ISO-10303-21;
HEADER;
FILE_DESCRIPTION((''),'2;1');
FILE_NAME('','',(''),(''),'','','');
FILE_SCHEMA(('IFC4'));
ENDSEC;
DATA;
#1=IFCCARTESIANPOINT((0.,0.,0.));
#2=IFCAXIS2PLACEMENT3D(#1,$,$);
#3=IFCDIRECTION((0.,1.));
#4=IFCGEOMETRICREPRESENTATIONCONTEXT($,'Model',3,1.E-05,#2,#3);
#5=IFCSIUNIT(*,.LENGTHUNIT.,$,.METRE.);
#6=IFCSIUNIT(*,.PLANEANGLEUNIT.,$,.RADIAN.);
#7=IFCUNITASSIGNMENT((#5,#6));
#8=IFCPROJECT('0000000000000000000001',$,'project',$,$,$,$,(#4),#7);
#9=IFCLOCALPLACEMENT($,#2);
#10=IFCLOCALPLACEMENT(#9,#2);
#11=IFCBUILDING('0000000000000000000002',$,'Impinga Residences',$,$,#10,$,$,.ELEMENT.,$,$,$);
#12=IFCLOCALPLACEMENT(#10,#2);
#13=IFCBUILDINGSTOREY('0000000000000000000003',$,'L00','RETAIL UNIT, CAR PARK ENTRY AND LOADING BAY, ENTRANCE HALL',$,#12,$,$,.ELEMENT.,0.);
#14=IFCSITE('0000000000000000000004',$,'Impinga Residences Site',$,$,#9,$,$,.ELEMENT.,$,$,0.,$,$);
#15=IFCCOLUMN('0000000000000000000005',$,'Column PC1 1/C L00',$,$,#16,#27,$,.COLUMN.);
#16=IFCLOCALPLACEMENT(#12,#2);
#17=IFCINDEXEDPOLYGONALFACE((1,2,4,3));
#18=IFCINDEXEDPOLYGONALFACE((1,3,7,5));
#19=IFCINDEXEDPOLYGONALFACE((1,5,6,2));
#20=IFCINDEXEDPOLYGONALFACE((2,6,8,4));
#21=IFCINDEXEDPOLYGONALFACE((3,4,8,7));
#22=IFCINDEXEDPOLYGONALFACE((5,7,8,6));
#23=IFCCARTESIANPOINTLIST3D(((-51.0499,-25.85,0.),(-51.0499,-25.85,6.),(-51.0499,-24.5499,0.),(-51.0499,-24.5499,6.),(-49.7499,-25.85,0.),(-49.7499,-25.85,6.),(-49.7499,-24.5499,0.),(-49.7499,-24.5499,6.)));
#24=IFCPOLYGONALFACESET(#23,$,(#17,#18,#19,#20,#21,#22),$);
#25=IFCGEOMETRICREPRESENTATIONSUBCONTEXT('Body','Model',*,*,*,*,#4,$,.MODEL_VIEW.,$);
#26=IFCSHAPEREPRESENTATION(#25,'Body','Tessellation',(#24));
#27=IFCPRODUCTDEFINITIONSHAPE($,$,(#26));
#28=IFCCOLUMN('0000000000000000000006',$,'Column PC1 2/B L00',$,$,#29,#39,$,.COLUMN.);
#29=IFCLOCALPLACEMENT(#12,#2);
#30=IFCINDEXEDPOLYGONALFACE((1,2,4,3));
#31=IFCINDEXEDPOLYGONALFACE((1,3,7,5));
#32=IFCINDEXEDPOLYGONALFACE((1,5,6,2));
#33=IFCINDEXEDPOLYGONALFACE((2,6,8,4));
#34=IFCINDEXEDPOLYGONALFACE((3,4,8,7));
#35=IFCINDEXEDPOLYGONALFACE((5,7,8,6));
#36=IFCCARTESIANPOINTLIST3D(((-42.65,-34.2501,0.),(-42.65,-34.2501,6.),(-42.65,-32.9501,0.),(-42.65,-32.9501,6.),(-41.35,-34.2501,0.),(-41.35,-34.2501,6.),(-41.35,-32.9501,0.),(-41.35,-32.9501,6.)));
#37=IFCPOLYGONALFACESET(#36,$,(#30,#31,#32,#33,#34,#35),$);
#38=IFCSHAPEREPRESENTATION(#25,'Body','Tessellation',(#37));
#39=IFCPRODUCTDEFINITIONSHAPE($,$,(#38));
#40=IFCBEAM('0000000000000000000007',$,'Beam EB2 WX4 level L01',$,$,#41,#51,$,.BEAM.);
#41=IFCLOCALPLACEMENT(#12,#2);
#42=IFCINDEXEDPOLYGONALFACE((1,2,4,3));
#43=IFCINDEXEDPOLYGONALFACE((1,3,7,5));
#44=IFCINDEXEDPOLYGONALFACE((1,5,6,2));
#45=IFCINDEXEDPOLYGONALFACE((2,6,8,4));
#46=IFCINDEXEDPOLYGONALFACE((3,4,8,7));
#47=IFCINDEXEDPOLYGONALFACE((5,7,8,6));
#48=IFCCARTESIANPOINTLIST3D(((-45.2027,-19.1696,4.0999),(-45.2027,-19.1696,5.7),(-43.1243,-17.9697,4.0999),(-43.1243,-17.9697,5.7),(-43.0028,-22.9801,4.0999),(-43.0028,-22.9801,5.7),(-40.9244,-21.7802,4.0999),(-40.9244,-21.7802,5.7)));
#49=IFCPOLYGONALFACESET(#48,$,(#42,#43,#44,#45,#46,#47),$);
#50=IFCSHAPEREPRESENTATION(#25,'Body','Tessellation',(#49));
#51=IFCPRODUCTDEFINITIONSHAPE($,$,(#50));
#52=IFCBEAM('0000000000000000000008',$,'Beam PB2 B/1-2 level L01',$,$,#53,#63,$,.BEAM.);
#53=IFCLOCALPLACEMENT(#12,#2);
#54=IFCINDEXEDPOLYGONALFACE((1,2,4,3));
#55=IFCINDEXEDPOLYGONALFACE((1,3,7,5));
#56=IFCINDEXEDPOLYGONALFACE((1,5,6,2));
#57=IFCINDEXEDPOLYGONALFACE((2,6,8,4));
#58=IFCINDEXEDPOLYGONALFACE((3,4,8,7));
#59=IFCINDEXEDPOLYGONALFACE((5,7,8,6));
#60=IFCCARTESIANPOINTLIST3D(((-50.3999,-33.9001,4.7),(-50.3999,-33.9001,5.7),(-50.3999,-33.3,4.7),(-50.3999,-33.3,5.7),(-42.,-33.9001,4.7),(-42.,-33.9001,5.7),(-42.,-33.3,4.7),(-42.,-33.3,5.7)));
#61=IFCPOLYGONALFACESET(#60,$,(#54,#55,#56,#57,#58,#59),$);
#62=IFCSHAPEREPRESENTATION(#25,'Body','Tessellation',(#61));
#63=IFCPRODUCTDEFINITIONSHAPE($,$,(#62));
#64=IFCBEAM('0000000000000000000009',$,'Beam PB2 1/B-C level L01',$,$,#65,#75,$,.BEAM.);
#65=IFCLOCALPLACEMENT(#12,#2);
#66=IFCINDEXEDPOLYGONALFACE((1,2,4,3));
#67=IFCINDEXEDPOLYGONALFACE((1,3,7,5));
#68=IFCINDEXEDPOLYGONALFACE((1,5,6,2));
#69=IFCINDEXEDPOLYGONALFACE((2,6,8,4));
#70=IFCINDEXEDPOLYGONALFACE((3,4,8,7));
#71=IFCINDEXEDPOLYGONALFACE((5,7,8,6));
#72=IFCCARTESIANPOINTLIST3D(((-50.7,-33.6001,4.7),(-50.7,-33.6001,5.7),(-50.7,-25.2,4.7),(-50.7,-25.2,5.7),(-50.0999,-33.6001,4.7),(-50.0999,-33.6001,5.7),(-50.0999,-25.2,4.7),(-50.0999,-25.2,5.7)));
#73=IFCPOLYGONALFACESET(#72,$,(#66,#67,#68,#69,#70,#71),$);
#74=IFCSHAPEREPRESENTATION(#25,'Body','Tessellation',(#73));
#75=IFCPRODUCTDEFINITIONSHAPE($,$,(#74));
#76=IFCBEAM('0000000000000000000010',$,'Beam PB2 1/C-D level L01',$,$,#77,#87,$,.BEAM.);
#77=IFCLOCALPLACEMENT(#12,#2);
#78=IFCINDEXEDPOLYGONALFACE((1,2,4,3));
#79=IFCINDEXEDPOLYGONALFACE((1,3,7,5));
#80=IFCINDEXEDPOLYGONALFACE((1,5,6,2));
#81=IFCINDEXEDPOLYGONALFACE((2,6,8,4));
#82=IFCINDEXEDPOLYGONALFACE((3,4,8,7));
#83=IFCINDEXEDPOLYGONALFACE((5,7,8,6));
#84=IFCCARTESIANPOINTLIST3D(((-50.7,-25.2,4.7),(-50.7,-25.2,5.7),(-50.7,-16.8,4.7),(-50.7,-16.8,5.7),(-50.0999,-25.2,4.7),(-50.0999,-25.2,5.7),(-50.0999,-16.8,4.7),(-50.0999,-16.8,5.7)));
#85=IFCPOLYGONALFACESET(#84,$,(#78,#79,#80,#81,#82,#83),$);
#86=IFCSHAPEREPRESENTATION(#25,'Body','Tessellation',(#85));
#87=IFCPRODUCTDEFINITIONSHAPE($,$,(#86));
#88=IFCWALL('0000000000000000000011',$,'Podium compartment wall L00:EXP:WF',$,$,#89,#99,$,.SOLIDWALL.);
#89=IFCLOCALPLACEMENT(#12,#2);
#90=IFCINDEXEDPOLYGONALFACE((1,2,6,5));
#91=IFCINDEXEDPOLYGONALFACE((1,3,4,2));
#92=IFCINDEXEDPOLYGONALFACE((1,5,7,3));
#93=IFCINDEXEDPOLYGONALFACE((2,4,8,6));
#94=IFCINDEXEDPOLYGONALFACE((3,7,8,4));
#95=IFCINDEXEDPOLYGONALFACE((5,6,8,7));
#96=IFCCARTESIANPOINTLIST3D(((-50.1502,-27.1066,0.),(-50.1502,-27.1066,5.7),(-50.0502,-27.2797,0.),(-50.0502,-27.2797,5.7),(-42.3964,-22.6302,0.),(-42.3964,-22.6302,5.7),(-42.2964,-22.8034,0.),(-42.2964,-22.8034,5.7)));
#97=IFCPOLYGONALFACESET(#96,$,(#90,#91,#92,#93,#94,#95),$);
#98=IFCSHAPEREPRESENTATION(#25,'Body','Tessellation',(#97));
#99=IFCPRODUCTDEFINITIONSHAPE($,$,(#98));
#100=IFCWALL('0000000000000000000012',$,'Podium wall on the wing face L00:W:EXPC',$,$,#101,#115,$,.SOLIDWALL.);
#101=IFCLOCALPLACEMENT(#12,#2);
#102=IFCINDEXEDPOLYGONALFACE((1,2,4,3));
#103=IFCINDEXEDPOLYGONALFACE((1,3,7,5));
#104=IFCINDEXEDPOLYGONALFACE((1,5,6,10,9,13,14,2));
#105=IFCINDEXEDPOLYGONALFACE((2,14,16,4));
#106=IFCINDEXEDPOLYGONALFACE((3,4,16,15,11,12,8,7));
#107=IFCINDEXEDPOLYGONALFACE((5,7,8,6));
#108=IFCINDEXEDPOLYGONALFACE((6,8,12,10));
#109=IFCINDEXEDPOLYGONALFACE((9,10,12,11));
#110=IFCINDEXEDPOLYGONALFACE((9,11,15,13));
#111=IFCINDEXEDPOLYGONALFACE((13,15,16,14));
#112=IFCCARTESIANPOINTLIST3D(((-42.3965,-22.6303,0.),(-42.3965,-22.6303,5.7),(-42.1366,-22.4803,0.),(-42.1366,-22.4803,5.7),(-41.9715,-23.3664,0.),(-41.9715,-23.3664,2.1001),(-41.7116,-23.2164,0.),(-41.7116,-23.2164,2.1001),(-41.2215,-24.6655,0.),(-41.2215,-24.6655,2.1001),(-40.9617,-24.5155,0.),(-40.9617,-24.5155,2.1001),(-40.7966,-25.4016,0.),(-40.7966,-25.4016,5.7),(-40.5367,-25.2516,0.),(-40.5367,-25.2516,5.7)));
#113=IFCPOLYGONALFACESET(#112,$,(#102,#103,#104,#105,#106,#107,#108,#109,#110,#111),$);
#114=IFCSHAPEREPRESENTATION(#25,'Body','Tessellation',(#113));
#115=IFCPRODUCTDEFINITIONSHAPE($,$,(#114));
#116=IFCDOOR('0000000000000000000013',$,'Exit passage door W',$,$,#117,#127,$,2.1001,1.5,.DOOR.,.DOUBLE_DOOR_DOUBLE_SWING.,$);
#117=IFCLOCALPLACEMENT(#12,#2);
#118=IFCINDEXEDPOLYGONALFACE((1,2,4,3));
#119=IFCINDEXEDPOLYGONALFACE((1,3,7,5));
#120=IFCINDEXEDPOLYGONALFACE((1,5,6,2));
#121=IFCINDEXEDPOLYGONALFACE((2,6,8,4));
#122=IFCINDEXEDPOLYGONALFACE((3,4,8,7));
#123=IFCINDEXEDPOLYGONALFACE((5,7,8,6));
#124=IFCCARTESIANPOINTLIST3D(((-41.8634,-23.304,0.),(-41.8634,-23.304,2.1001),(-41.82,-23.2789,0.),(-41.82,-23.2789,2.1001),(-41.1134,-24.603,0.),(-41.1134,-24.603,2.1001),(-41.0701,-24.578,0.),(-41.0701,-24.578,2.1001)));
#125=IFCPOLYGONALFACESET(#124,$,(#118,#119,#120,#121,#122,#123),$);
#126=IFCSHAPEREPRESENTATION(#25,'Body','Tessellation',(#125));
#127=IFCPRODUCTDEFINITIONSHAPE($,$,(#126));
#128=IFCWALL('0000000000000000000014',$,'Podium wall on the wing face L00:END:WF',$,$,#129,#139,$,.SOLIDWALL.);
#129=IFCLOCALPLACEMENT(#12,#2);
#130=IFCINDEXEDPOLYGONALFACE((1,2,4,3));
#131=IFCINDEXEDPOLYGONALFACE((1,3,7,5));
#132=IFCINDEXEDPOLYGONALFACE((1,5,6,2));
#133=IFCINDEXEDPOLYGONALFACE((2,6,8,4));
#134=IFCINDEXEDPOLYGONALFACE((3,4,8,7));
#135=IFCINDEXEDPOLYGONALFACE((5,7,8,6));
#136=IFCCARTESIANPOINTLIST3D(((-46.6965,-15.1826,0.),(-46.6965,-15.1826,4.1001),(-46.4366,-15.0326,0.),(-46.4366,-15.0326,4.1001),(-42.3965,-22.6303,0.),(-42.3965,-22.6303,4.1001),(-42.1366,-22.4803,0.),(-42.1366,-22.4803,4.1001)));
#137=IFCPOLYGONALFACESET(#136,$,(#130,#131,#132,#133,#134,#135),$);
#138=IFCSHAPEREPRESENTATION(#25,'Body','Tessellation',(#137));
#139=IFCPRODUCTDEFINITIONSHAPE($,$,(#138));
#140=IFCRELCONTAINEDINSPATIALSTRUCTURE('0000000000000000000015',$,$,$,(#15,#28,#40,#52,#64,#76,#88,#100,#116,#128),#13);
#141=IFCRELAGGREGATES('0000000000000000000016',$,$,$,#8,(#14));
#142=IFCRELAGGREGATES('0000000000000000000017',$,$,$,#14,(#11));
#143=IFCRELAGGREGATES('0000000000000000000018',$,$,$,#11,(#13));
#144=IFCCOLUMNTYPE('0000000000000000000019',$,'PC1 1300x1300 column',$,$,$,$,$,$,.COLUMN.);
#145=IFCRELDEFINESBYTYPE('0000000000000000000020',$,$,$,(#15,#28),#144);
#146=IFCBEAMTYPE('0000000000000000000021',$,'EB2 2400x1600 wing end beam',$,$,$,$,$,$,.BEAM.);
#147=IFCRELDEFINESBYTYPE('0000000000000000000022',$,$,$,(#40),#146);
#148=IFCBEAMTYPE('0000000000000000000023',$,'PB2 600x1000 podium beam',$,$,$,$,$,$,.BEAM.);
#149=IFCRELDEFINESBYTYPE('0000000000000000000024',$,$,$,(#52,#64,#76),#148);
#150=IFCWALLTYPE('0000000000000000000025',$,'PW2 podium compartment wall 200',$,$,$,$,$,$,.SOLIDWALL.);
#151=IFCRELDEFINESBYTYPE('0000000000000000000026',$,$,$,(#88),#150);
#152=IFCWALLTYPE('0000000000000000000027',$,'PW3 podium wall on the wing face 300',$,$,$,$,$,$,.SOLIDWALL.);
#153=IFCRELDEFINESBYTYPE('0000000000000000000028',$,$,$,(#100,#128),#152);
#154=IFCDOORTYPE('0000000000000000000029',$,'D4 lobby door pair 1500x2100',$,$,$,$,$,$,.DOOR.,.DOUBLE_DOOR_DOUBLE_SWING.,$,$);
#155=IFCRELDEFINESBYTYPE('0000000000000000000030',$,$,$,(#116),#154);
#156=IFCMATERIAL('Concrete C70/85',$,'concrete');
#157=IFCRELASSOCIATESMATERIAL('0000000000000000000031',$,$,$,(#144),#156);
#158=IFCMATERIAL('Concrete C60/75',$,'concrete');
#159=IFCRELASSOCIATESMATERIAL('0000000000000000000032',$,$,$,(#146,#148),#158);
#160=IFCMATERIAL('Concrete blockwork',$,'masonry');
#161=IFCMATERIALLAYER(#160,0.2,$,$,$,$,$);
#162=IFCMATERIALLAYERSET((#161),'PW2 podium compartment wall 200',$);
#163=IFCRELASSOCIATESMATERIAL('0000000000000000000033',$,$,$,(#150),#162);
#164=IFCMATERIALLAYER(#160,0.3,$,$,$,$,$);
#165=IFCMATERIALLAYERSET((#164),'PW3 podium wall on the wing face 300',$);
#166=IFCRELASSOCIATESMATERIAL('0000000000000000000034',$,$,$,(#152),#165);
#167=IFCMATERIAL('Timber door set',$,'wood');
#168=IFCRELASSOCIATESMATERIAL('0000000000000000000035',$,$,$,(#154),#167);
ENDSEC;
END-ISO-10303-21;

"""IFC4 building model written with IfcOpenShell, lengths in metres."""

from ifc_helpers import new_model, si_unit, direction, frame, frame_2d, origin, origin_2d, place, context, subcontext, project, spatial, rectangle, extrude, material, layer, layer_set, material_profile, profile_set, type_object, element, fill, save


model = new_model("IFC4")

# Units and contexts
model_context = context("Model", 3, precision=1e-05, world=origin(), true_north=direction((0.0, 1.0)))
body_context = subcontext(model_context, "Body", "Model", "MODEL_VIEW")
ifc_project = project(units=[si_unit("LENGTHUNIT", "METRE"), si_unit("PLANEANGLEUNIT", "RADIAN")], contexts=[model_context])

# Site, building, storey
site_placement = place(None, origin())
site = spatial("IfcSite", under=ifc_project, at=site_placement, Name="Impinga Residences Site", CompositionType="ELEMENT", RefElevation=0.0)
building_placement = place(site_placement, origin())
building = spatial("IfcBuilding", under=site, at=building_placement, Name="Impinga Residences", CompositionType="ELEMENT")
storey_placement = place(building_placement, origin())
storey = spatial("IfcBuildingStorey", under=building, at=storey_placement, Name="L00", Description="RETAIL UNIT, CAR PARK ENTRY AND LOADING BAY, ENTRANCE HALL", CompositionType="ELEMENT", Elevation=0.0)

# Columns
ifc_material_1 = material(Name="Concrete C70/85", Category="concrete")
ifc_material_profile_1 = material_profile(ifc_material_1, rectangle(XDim=1.3, YDim=1.3, at=origin_2d()), Name="RC 1300x1300")
ifc_profile_set_1 = profile_set([ifc_material_profile_1], Name="Concrete C70/85")
column_type = type_object("IfcColumnType", Name="PC1 1300x1300 column", PredefinedType="COLUMN", material=ifc_profile_set_1)
for number, where, z_axis, x_axis, name in (
    (1, (-50.3999, -25.2, 0.0), (0.0, 0.0, 1.0), (1.0, 0.0, 0.0), "Column PC1 1/C L00"),
    (2, (-42.0, -33.6001, 0.0), (0.0, 0.0, 1.0), (1.0, 0.0, 0.0), "Column PC1 2/B L00"),
):
    element("IfcColumn", number, at=place(storey_placement, frame(where, z_axis=z_axis, x_axis=x_axis)), inside=storey, type_object=column_type, Name=name, PredefinedType="COLUMN", context=body_context, shape_type="SweptSolid", body=[
        extrude(rectangle(XDim=1.3, YDim=1.3, at=origin_2d()), origin(), (0.0, 0.0, 1.0), 6.0),
    ])

# Beams
ifc_material_2 = material(Name="Concrete C60/75", Category="concrete")
ifc_material_profile_2 = material_profile(ifc_material_2, rectangle(XDim=2.3999, YDim=1.6001, at=origin_2d()), Name="RC 2400x1600")
ifc_profile_set_2 = profile_set([ifc_material_profile_2], Name="Concrete C60/75")
beam_type_1 = type_object("IfcBeamType", Name="EB2 2400x1600 wing end beam", PredefinedType="BEAM", material=ifc_profile_set_2)
beam_1_placement = place(storey_placement, frame((-41.9636, -22.3801, 4.8999), z_axis=(-0.499988, 0.866032, 0.0), x_axis=(-0.866032, -0.499988, 0.0)))
element("IfcBeam", 3, at=beam_1_placement, inside=storey, type_object=beam_type_1, Name="Beam EB2 WX4 level L01", PredefinedType="BEAM", context=body_context, shape_type="SweptSolid", body=[
    extrude(rectangle(XDim=2.3999, YDim=1.6001, at=origin_2d()), origin(), (0.0, 0.0, 1.0), 4.3999),
])
ifc_material_profile_3 = material_profile(ifc_material_2, rectangle(XDim=0.6001, YDim=1.0, at=origin_2d()), Name="RC 600x1000")
ifc_profile_set_3 = profile_set([ifc_material_profile_3], Name="Concrete C60/75")
beam_type_2 = type_object("IfcBeamType", Name="PB2 600x1000 podium beam", PredefinedType="BEAM", material=ifc_profile_set_3)
beam_2_placement = place(storey_placement, frame((-50.3999, -33.6001, 5.2), z_axis=(1.0, 0.0, 0.0), x_axis=(0.0, 1.0, 0.0)))
element("IfcBeam", 4, at=beam_2_placement, inside=storey, type_object=beam_type_2, Name="Beam PB2 B/1-2 level L01", PredefinedType="BEAM", context=body_context, shape_type="SweptSolid", body=[
    extrude(rectangle(XDim=0.6001, YDim=1.0, at=origin_2d()), origin(), (0.0, 0.0, 1.0), 8.3999),
])
beam_3_placement = place(storey_placement, frame((-50.3999, -33.6001, 5.2), z_axis=(0.0, 1.0, 0.0), x_axis=(-1.0, 0.0, 0.0)))
element("IfcBeam", 5, at=beam_3_placement, inside=storey, type_object=beam_type_2, Name="Beam PB2 1/B-C level L01", PredefinedType="BEAM", context=body_context, shape_type="SweptSolid", body=[
    extrude(rectangle(XDim=0.6001, YDim=1.0, at=origin_2d()), origin(), (0.0, 0.0, 1.0), 8.4001),
])
beam_4_placement = place(storey_placement, frame((-50.3999, -25.2, 5.2), z_axis=(0.0, 1.0, 0.0), x_axis=(-1.0, 0.0, 0.0)))
element("IfcBeam", 6, at=beam_4_placement, inside=storey, type_object=beam_type_2, Name="Beam PB2 1/C-D level L01", PredefinedType="BEAM", context=body_context, shape_type="SweptSolid", body=[
    extrude(rectangle(XDim=0.6001, YDim=1.0, at=origin_2d()), origin(), (0.0, 0.0, 1.0), 8.3999),
])

# Wall
ifc_material_3 = material(Name="Concrete blockwork", Category="masonry")
ifc_layer_1 = layer(ifc_material_3, 0.2)
ifc_layer_set_1 = layer_set([ifc_layer_1], Name="PW2 podium compartment wall 200")
wall_type_1 = type_object("IfcWallType", Name="PW2 podium compartment wall 200", PredefinedType="SOLIDWALL", material=ifc_layer_set_1)
wall_1_placement = place(storey_placement, frame((-42.3464, -22.7168, 0.0), z_axis=(0.0, 0.0, 1.0), x_axis=(-0.866038, -0.499978, 0.0)))
element("IfcWall", 7, at=wall_1_placement, inside=storey, type_object=wall_type_1, Name="Podium compartment wall L00:EXP:WF", PredefinedType="SOLIDWALL", context=body_context, shape_type="SweptSolid", body=[
    extrude(rectangle(XDim=8.9531, YDim=0.2, at=frame_2d((4.4766, 0.0))), origin(), (0.0, 0.0, 1.0), 5.7),
])

# Wall, opening, door
ifc_layer_2 = layer(ifc_material_3, 0.3)
ifc_layer_set_2 = layer_set([ifc_layer_2], Name="PW3 podium wall on the wing face 300")
wall_type_2 = type_object("IfcWallType", Name="PW3 podium wall on the wing face 300", PredefinedType="SOLIDWALL", material=ifc_layer_set_2)
wall_2_placement = place(storey_placement, frame((-42.2666, -22.5552, 0.0), z_axis=(0.0, 0.0, 1.0), x_axis=(0.499971, -0.866042, 0.0)))
wall_2 = element("IfcWall", 8, at=wall_2_placement, inside=storey, type_object=wall_type_2, Name="Podium wall on the wing face L00:W:EXPC", PredefinedType="SOLIDWALL", context=body_context, shape_type="SweptSolid", body=[
    extrude(rectangle(XDim=3.2, YDim=0.3, at=frame_2d((1.6001, 0.0))), origin(), (0.0, 0.0, 1.0), 5.7),
])
opening_placement = place(wall_2_placement, frame((0.8501, 0.0, 0.0)))
opening = element("IfcOpeningElement", 9, at=opening_placement, cuts=wall_2, PredefinedType="OPENING", context=body_context, shape_type="SweptSolid", body=[
    extrude(rectangle(XDim=1.5, YDim=2.1001, at=frame_2d((0.75, 1.05))), frame((0.0, 0.1599, 0.0), z_axis=(0.0, -1.0, 0.0), x_axis=(1.0, 0.0, 0.0)), (0.0, 0.0, 1.0), 0.3201),
])
ifc_material_4 = material(Name="Timber door set", Category="wood")
door_type = type_object("IfcDoorType", Name="D4 lobby door pair 1500x2100", OperationType="DOUBLE_DOOR_DOUBLE_SWING", PredefinedType="DOOR", material=ifc_material_4)
door_placement = place(opening_placement, origin())
door = element("IfcDoor", 10, at=door_placement, inside=storey, type_object=door_type, Name="Exit passage door W", OperationType="DOUBLE_DOOR_DOUBLE_SWING", OverallHeight=2.1001, OverallWidth=1.5, PredefinedType="DOOR", context=body_context, shape_type="SweptSolid", body=[
    extrude(rectangle(XDim=1.5, YDim=2.1001, at=frame_2d((0.75, 1.05))), frame((0.0, 0.0249, 0.0), z_axis=(0.0, -1.0, 0.0), x_axis=(1.0, 0.0, 0.0)), (0.0, 0.0, 1.0), 0.05),
])
fill(opening, door)

# Wall
wall_3_placement = place(storey_placement, frame((-42.2666, -22.5552, 0.0), z_axis=(0.0, 0.0, 1.0), x_axis=(-0.500008, 0.866021, 0.0)))
element("IfcWall", 11, at=wall_3_placement, inside=storey, type_object=wall_type_2, Name="Podium wall on the wing face L00:END:WF", PredefinedType="SOLIDWALL", context=body_context, shape_type="SweptSolid", body=[
    extrude(rectangle(XDim=8.5999, YDim=0.3, at=frame_2d((4.2998, 0.0))), origin(), (0.0, 0.0, 1.0), 4.1001),
])

save(model, "model.ifc")
